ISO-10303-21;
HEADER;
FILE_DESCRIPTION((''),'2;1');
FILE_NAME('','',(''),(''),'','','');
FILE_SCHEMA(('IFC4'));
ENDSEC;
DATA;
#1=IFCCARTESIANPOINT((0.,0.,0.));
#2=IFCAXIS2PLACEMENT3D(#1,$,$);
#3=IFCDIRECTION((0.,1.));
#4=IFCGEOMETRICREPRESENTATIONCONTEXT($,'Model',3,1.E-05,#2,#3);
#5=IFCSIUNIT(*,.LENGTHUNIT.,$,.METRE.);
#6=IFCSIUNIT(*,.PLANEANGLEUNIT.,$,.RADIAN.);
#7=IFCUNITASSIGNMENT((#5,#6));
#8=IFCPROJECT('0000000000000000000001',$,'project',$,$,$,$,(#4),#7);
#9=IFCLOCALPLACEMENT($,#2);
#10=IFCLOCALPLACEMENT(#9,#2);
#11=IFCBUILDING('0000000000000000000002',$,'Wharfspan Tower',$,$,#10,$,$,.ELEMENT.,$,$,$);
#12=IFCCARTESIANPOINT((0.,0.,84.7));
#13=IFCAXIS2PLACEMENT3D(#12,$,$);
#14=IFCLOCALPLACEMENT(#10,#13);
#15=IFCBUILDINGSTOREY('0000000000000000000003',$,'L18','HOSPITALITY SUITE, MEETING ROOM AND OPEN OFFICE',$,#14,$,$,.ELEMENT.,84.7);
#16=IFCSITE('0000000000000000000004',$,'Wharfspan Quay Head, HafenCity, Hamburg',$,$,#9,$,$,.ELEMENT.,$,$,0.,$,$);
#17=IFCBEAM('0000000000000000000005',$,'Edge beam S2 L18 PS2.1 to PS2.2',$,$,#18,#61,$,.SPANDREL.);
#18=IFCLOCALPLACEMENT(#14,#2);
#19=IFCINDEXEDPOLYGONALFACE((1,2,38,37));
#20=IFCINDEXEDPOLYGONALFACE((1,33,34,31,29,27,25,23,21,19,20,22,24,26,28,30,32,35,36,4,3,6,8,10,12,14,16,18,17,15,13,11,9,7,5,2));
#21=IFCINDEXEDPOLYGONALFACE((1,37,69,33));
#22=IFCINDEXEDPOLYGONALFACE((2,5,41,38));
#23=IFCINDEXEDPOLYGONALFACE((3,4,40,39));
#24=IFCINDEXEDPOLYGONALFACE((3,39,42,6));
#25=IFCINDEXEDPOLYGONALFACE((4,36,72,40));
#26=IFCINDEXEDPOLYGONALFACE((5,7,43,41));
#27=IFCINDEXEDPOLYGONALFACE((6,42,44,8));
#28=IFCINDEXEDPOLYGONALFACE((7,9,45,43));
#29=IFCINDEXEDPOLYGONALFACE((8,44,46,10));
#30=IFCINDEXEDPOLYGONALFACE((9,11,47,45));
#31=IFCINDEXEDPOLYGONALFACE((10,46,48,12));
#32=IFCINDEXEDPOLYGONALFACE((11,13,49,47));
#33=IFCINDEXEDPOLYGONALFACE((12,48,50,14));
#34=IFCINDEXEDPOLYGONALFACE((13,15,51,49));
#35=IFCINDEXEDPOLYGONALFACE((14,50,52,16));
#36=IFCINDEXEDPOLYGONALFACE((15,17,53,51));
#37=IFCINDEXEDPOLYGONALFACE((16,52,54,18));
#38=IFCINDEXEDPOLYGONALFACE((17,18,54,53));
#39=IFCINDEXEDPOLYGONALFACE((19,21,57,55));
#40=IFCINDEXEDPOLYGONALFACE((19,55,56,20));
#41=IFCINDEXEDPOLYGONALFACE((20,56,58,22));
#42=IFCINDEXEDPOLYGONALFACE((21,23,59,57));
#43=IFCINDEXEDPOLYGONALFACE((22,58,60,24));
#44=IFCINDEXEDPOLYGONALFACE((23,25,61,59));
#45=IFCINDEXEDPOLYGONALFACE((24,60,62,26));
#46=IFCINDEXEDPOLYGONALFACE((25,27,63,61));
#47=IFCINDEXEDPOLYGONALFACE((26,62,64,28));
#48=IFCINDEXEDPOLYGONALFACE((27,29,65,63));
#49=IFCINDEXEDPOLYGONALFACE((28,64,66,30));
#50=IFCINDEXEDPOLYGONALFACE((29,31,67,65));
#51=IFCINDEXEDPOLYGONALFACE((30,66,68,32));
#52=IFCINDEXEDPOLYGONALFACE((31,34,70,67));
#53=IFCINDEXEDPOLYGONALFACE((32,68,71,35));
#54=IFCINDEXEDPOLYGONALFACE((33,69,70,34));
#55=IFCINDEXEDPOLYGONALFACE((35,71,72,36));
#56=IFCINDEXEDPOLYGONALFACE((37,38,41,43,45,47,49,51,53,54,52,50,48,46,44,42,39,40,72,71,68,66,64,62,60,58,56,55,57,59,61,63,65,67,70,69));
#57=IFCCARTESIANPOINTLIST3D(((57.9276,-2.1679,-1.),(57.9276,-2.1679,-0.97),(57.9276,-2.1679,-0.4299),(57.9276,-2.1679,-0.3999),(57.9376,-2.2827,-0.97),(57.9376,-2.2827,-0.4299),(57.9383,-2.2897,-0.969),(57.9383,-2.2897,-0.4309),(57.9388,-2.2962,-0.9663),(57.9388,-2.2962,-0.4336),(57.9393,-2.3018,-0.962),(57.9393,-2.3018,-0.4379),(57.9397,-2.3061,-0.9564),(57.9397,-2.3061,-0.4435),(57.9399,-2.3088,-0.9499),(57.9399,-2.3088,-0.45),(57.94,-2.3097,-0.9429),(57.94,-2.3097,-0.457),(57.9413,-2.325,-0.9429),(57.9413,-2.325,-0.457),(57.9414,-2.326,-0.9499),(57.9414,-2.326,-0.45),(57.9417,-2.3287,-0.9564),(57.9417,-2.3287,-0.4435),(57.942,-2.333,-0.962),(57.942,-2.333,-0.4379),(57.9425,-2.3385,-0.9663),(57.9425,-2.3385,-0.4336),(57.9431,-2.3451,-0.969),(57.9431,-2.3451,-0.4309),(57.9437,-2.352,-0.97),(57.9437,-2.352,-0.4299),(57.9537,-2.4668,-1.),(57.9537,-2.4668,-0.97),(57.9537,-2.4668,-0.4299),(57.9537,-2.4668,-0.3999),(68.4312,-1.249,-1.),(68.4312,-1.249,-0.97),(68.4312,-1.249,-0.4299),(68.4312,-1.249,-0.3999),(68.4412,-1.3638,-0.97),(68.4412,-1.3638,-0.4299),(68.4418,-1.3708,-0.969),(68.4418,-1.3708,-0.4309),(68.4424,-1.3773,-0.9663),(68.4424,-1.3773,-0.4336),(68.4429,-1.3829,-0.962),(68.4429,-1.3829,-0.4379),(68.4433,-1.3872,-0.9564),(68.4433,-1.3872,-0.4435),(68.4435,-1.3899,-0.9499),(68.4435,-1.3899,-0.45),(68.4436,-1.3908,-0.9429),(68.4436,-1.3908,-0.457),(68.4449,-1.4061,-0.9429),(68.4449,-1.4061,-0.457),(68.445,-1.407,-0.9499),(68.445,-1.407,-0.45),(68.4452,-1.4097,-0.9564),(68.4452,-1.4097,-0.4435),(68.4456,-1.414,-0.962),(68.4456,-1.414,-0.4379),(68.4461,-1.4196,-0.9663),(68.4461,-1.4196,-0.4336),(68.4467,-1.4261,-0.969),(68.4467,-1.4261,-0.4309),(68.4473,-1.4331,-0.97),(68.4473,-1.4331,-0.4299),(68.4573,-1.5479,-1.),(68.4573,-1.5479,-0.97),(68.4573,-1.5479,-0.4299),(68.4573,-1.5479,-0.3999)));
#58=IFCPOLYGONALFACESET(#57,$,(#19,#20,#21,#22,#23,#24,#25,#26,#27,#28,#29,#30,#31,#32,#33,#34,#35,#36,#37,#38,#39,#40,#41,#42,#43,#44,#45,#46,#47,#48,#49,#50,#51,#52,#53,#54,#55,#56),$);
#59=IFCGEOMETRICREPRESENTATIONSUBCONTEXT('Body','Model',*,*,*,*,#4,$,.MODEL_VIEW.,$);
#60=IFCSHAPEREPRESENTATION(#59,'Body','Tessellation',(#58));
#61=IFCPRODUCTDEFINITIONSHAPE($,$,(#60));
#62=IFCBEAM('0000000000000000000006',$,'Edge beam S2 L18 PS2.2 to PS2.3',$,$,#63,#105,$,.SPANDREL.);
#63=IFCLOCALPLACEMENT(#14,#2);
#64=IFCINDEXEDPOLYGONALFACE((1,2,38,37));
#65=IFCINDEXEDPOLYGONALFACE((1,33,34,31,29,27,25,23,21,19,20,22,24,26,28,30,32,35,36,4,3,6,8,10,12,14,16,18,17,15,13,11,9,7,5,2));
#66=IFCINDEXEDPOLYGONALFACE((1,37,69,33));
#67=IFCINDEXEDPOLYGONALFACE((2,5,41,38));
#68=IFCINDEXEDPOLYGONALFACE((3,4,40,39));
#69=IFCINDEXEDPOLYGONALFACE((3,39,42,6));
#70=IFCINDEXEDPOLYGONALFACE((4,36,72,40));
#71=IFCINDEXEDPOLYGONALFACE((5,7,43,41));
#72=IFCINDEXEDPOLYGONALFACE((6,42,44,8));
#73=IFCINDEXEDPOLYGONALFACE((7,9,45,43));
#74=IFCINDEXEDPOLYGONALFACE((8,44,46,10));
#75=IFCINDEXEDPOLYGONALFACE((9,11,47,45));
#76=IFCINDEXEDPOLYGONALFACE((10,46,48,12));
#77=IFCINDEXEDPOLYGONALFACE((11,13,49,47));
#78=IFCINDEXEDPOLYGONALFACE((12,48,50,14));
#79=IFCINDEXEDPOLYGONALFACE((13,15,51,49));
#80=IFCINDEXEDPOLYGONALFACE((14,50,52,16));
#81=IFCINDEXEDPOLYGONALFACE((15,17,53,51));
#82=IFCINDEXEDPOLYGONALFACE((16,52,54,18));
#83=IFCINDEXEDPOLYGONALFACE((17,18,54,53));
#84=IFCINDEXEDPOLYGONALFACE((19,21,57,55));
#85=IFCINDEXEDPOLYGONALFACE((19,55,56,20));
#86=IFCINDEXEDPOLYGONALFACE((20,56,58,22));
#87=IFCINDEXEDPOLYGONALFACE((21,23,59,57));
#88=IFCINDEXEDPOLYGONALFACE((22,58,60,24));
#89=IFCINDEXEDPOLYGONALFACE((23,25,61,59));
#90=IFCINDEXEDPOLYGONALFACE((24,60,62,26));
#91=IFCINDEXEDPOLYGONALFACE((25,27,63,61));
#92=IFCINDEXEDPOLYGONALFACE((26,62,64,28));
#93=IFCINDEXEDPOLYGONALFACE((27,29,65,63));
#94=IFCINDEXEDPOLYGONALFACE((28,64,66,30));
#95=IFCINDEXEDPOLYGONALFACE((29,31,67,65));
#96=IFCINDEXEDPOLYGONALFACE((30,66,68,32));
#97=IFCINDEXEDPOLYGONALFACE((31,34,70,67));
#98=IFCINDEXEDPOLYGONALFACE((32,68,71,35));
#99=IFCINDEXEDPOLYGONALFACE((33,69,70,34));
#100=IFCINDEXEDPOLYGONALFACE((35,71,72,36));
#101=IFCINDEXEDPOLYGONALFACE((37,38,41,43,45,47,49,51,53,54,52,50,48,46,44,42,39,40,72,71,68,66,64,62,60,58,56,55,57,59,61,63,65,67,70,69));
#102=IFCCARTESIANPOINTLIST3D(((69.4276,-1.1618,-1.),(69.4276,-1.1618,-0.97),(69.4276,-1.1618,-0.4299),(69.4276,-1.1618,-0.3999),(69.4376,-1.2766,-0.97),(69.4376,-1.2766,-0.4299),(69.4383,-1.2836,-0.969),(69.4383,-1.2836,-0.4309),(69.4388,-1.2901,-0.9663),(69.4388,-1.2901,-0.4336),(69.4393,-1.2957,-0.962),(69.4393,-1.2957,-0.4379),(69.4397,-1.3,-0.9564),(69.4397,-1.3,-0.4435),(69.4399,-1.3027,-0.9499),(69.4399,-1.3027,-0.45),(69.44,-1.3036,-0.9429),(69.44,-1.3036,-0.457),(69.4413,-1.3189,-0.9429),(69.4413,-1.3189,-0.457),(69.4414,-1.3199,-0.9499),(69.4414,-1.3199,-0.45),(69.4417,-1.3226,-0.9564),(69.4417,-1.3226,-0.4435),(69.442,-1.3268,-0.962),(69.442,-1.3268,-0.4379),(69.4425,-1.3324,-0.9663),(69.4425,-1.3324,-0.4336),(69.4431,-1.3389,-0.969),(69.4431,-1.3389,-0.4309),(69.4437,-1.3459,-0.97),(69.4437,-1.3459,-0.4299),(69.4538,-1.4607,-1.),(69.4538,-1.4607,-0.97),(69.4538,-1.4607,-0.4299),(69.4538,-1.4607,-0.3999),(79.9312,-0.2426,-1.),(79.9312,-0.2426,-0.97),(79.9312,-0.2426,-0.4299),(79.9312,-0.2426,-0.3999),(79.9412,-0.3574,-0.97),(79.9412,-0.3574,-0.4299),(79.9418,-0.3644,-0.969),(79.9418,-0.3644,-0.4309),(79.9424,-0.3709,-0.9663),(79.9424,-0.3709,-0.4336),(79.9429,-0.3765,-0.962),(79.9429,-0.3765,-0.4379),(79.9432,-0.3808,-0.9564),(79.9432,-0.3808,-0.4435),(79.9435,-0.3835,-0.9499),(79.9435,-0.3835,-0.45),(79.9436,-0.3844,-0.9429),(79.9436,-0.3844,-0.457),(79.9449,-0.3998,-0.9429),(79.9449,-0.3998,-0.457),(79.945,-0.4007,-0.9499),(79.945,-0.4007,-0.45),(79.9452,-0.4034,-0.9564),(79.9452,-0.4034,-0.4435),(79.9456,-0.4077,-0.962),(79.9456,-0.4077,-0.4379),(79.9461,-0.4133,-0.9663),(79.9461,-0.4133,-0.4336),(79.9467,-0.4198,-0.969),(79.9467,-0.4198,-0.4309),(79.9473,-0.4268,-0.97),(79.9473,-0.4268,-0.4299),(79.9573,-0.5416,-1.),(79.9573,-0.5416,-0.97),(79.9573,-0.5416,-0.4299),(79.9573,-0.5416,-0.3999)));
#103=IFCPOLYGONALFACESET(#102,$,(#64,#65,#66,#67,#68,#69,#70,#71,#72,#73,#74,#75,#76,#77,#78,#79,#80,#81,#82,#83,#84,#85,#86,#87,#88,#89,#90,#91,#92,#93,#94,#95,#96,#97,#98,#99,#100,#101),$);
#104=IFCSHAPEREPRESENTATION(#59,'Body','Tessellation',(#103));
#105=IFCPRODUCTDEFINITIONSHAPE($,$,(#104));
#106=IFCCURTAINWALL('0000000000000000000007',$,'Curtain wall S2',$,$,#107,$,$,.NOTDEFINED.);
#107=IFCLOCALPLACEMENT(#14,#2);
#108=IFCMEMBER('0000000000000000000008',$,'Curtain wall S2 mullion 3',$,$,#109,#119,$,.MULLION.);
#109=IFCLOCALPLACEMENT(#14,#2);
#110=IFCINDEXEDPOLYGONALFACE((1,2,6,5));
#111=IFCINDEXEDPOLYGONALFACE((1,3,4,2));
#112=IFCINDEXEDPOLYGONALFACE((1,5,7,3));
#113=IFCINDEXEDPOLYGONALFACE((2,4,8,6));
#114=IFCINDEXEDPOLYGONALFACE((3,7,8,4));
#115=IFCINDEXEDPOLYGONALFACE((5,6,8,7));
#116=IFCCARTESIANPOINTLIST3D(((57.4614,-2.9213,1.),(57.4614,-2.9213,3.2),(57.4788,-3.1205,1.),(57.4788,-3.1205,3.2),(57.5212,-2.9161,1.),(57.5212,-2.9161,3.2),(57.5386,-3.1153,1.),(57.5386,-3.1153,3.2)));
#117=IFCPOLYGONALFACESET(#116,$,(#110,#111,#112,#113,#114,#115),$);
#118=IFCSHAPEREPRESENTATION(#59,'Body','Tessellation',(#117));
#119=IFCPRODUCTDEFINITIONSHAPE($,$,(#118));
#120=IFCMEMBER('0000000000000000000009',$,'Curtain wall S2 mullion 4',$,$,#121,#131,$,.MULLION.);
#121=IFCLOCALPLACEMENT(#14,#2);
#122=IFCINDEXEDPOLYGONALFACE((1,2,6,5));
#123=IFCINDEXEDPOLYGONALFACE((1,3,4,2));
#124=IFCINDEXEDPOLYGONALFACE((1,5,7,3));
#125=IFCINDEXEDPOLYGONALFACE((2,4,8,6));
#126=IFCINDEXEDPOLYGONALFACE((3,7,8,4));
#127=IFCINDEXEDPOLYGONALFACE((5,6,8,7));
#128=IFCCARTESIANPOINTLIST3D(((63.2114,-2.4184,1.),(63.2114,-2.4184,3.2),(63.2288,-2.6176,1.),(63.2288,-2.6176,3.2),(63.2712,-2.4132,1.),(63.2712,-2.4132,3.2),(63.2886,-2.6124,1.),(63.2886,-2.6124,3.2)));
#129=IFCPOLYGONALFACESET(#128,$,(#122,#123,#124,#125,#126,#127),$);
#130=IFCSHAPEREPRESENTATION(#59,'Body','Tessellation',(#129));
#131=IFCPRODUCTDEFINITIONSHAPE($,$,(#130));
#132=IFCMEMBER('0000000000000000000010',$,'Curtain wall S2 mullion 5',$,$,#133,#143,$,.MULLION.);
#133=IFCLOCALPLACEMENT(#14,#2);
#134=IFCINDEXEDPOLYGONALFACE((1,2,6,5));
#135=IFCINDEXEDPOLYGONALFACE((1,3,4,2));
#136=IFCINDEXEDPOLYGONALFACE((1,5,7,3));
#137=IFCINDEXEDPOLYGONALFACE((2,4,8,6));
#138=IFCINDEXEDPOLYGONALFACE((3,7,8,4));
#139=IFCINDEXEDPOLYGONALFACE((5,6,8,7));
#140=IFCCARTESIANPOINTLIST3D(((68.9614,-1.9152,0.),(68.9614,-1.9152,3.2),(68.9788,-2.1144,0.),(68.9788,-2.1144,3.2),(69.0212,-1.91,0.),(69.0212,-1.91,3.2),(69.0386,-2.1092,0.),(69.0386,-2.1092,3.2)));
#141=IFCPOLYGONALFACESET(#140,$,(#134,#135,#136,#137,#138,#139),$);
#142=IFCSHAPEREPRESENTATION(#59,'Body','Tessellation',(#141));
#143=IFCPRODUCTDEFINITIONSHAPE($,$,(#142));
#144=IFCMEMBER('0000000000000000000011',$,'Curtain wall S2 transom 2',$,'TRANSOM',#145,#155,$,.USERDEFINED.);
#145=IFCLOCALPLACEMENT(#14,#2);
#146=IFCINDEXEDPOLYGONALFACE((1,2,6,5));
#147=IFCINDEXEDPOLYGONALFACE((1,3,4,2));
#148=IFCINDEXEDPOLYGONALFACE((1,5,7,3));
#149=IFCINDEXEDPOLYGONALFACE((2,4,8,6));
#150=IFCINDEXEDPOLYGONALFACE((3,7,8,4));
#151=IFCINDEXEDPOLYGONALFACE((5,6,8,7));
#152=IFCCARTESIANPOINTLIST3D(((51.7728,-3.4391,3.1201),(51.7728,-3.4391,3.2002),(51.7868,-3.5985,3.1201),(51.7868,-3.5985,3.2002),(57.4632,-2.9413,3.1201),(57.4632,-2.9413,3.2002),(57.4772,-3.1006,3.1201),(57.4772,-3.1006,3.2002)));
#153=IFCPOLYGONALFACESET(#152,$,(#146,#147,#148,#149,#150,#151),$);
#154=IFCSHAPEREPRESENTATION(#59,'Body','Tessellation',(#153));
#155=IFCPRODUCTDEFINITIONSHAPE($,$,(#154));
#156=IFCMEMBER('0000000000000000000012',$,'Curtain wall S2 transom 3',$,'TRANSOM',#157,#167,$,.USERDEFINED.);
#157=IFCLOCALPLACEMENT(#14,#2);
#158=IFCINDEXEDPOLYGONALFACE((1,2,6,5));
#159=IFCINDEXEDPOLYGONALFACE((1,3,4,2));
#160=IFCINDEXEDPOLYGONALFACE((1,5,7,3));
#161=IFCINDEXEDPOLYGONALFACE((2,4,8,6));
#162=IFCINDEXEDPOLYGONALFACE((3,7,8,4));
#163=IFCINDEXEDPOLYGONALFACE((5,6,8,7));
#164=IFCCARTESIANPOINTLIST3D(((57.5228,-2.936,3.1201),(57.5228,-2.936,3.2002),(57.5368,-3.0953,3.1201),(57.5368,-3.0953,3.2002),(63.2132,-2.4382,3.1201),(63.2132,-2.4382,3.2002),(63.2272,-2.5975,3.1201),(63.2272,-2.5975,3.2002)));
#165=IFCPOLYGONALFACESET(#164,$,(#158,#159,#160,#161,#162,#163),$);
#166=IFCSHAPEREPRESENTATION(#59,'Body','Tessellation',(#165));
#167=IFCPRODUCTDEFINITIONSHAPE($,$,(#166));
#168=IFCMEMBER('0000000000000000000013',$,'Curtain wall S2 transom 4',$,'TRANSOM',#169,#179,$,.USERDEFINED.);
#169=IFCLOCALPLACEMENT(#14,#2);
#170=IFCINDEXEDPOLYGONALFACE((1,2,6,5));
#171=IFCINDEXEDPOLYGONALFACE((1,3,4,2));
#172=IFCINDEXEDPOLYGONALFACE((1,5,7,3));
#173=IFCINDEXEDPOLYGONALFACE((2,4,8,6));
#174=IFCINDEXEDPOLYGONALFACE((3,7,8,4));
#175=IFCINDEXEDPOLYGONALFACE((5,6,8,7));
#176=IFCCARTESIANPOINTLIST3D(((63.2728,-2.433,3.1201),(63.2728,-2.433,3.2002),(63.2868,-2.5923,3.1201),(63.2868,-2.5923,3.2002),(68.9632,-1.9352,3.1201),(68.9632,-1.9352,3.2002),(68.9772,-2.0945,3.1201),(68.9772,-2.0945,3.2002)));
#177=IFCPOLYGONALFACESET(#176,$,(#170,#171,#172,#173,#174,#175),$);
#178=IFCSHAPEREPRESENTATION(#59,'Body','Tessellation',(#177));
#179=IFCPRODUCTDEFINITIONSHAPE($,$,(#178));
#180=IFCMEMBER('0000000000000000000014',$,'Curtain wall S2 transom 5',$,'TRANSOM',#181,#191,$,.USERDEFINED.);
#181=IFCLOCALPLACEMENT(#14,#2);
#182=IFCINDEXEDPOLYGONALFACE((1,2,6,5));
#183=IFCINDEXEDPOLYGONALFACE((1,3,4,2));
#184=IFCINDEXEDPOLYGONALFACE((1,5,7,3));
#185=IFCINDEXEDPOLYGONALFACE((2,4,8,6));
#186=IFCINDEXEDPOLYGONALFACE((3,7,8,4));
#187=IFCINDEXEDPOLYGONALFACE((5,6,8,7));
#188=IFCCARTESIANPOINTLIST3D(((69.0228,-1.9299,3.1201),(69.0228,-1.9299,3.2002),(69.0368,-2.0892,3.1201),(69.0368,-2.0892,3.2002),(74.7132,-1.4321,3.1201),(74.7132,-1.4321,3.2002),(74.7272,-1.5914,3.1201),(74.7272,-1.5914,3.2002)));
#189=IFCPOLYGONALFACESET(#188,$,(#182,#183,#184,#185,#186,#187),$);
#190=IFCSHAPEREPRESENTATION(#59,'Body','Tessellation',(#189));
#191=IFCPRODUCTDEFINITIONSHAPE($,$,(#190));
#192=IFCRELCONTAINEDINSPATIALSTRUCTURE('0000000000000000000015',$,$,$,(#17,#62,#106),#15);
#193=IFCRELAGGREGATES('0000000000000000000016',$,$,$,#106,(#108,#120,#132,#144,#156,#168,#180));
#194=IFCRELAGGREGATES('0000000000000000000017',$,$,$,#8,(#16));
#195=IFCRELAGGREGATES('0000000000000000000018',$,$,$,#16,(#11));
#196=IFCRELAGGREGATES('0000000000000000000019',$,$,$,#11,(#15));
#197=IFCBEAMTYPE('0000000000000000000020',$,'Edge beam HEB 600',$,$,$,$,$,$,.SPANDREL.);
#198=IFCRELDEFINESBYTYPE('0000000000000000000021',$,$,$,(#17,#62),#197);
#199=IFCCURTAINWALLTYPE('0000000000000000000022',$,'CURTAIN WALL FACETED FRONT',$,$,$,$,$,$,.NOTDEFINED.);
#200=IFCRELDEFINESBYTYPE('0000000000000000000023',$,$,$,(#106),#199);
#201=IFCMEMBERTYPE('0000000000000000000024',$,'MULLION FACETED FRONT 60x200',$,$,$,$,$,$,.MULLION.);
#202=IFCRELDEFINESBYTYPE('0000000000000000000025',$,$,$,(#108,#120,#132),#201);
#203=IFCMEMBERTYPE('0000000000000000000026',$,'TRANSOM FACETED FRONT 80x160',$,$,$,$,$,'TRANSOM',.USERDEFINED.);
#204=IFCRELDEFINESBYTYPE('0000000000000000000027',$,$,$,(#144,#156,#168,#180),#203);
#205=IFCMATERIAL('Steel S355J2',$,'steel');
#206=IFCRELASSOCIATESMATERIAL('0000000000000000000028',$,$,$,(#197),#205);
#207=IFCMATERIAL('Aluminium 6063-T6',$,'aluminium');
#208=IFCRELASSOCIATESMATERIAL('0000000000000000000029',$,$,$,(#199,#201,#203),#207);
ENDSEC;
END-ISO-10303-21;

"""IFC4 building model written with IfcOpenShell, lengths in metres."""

from ifc_helpers import new_model, si_unit, direction, frame, origin, origin_2d, place, context, subcontext, project, spatial, rectangle, i_section, extrude, material, material_profile, profile_set, type_object, element, aggregate, save


model = new_model("IFC4")

# Units and contexts
model_context = context("Model", 3, precision=1e-05, world=origin(), true_north=direction((0.0, 1.0)))
body_context = subcontext(model_context, "Body", "Model", "MODEL_VIEW")
ifc_project = project(units=[si_unit("LENGTHUNIT", "METRE"), si_unit("PLANEANGLEUNIT", "RADIAN")], contexts=[model_context])

# Site, building, storey
site_placement = place(None, origin())
site = spatial("IfcSite", under=ifc_project, at=site_placement, Name="Wharfspan Quay Head, HafenCity, Hamburg", CompositionType="ELEMENT", RefElevation=0.0)
building_placement = place(site_placement, origin())
building = spatial("IfcBuilding", under=site, at=building_placement, Name="Wharfspan Tower", CompositionType="ELEMENT")
storey_placement = place(building_placement, frame((0.0, 0.0, 84.7)))
storey = spatial("IfcBuildingStorey", under=building, at=storey_placement, Name="L18", Description="HOSPITALITY SUITE, MEETING ROOM AND OPEN OFFICE", CompositionType="ELEMENT", Elevation=84.7)

# Shared definitions
ifc_material_1 = material(Name="Steel S355J2", Category="steel")

# Beams
ifc_material_profile_1 = material_profile(ifc_material_1, i_section(OverallWidth=0.3, OverallDepth=0.6001, WebThickness=0.0154, FlangeThickness=0.03, FilletRadius=0.0271, at=origin_2d()))
ifc_profile_set_1 = profile_set([ifc_material_profile_1], Name="Steel S355J2")
beam_type = type_object("IfcBeamType", Name="Edge beam HEB 600", PredefinedType="SPANDREL", material=ifc_profile_set_1)
for number, where, z_axis, x_axis, name in (
    (1, (57.9407, -2.3174, -0.7), (0.996195, 0.087155, 0.0), (-0.087155, 0.996195, 0.0), "Edge beam S2 L18 PS2.1 to PS2.2"),
    (2, (69.4407, -1.3113, -0.7), (0.996193, 0.087178, 0.0), (-0.087178, 0.996193, 0.0), "Edge beam S2 L18 PS2.2 to PS2.3"),
):
    element("IfcBeam", number, at=place(storey_placement, frame(where, z_axis=z_axis, x_axis=x_axis)), inside=storey, type_object=beam_type, Name=name, PredefinedType="SPANDREL", context=body_context, shape_type="SweptSolid", body=[
        extrude(i_section(OverallWidth=0.3, OverallDepth=0.6001, WebThickness=0.0154, FlangeThickness=0.03, FilletRadius=0.0271, at=origin_2d()), origin(), (0.0, 0.0, 1.0), 10.5437),
    ])

# Curtain wall, members
ifc_material_2 = material(Name="Aluminium 6063-T6", Category="aluminium")
curtain_wall_type = type_object("IfcCurtainWallType", Name="CURTAIN WALL FACETED FRONT", PredefinedType="NOTDEFINED", material=ifc_material_2)
curtain_wall_placement = place(storey_placement, origin())
curtain_wall = element("IfcCurtainWall", 3, at=curtain_wall_placement, inside=storey, type_object=curtain_wall_type, Name="Curtain wall S2", PredefinedType="NOTDEFINED")
ifc_material_profile_2 = material_profile(ifc_material_2, rectangle(XDim=0.2, YDim=0.0601, at=origin_2d()))
ifc_profile_set_2 = profile_set([ifc_material_profile_2], Name="Aluminium 6063-T6")
member_type_1 = type_object("IfcMemberType", Name="MULLION FACETED FRONT 60x200", PredefinedType="MULLION", material=ifc_profile_set_2)
member_1_placement = place(storey_placement, frame((57.5, -3.0183, 1.0), z_axis=(0.0, 0.0, 1.0), x_axis=(-0.087156, 0.996197, 0.0)))
member_1 = element("IfcMember", 4, at=member_1_placement, type_object=member_type_1, Name="Curtain wall S2 mullion 3", PredefinedType="MULLION", context=body_context, shape_type="SweptSolid", body=[
    extrude(rectangle(XDim=0.2, YDim=0.0601, at=origin_2d()), origin(), (0.0, 0.0, 1.0), 2.2),
])
member_2_placement = place(storey_placement, frame((63.25, -2.5154, 1.0), z_axis=(0.0, 0.0, 1.0), x_axis=(-0.087156, 0.996197, 0.0)))
member_2 = element("IfcMember", 5, at=member_2_placement, type_object=member_type_1, Name="Curtain wall S2 mullion 4", PredefinedType="MULLION", context=body_context, shape_type="SweptSolid", body=[
    extrude(rectangle(XDim=0.2, YDim=0.0601, at=origin_2d()), origin(), (0.0, 0.0, 1.0), 2.2),
])
member_3_placement = place(storey_placement, frame((69.0, -2.0122, 0.0), z_axis=(0.0, 0.0, 1.0), x_axis=(-0.087156, 0.996197, 0.0)))
member_3 = element("IfcMember", 6, at=member_3_placement, type_object=member_type_1, Name="Curtain wall S2 mullion 5", PredefinedType="MULLION", context=body_context, shape_type="SweptSolid", body=[
    extrude(rectangle(XDim=0.2, YDim=0.0601, at=origin_2d()), origin(), (0.0, 0.0, 1.0), 3.2),
])
ifc_material_profile_3 = material_profile(ifc_material_2, rectangle(XDim=0.1599, YDim=0.0801, at=origin_2d()))
ifc_profile_set_3 = profile_set([ifc_material_profile_3], Name="Aluminium 6063-T6")
member_type_2 = type_object("IfcMemberType", Name="TRANSOM FACETED FRONT 80x160", ElementType="TRANSOM", PredefinedType="USERDEFINED", material=ifc_profile_set_3)
member_4_placement = place(storey_placement, frame((51.7798, -3.5188, 3.1602), z_axis=(0.996195, 0.087148, 0.0), x_axis=(-0.087148, 0.996195, 0.0)))
member_4 = element("IfcMember", 7, at=member_4_placement, type_object=member_type_2, Name="Curtain wall S2 transom 2", ObjectType="TRANSOM", PredefinedType="USERDEFINED", context=body_context, shape_type="SweptSolid", body=[
    extrude(rectangle(XDim=0.1599, YDim=0.0801, at=origin_2d()), origin(), (0.0, 0.0, 1.0), 5.7122),
])
member_5_placement = place(storey_placement, frame((57.5298, -3.0156, 3.1602), z_axis=(0.996195, 0.087148, 0.0), x_axis=(-0.087148, 0.996195, 0.0)))
member_5 = element("IfcMember", 8, at=member_5_placement, type_object=member_type_2, Name="Curtain wall S2 transom 3", ObjectType="TRANSOM", PredefinedType="USERDEFINED", context=body_context, shape_type="SweptSolid", body=[
    extrude(rectangle(XDim=0.1599, YDim=0.0801, at=origin_2d()), origin(), (0.0, 0.0, 1.0), 5.7122),
])
member_6_placement = place(storey_placement, frame((63.2798, -2.5127, 3.1602), z_axis=(0.996195, 0.087148, 0.0), x_axis=(-0.087148, 0.996195, 0.0)))
member_6 = element("IfcMember", 9, at=member_6_placement, type_object=member_type_2, Name="Curtain wall S2 transom 4", ObjectType="TRANSOM", PredefinedType="USERDEFINED", context=body_context, shape_type="SweptSolid", body=[
    extrude(rectangle(XDim=0.1599, YDim=0.0801, at=origin_2d()), origin(), (0.0, 0.0, 1.0), 5.7122),
])
member_7_placement = place(storey_placement, frame((69.0298, -2.0095, 3.1602), z_axis=(0.996195, 0.087148, 0.0), x_axis=(-0.087148, 0.996195, 0.0)))
member_7 = element("IfcMember", 10, at=member_7_placement, type_object=member_type_2, Name="Curtain wall S2 transom 5", ObjectType="TRANSOM", PredefinedType="USERDEFINED", context=body_context, shape_type="SweptSolid", body=[
    extrude(rectangle(XDim=0.1599, YDim=0.0801, at=origin_2d()), origin(), (0.0, 0.0, 1.0), 5.7122),
])
aggregate(curtain_wall, [member_1, member_2, member_3, member_4, member_5, member_6, member_7])

save(model, "model.ifc")
